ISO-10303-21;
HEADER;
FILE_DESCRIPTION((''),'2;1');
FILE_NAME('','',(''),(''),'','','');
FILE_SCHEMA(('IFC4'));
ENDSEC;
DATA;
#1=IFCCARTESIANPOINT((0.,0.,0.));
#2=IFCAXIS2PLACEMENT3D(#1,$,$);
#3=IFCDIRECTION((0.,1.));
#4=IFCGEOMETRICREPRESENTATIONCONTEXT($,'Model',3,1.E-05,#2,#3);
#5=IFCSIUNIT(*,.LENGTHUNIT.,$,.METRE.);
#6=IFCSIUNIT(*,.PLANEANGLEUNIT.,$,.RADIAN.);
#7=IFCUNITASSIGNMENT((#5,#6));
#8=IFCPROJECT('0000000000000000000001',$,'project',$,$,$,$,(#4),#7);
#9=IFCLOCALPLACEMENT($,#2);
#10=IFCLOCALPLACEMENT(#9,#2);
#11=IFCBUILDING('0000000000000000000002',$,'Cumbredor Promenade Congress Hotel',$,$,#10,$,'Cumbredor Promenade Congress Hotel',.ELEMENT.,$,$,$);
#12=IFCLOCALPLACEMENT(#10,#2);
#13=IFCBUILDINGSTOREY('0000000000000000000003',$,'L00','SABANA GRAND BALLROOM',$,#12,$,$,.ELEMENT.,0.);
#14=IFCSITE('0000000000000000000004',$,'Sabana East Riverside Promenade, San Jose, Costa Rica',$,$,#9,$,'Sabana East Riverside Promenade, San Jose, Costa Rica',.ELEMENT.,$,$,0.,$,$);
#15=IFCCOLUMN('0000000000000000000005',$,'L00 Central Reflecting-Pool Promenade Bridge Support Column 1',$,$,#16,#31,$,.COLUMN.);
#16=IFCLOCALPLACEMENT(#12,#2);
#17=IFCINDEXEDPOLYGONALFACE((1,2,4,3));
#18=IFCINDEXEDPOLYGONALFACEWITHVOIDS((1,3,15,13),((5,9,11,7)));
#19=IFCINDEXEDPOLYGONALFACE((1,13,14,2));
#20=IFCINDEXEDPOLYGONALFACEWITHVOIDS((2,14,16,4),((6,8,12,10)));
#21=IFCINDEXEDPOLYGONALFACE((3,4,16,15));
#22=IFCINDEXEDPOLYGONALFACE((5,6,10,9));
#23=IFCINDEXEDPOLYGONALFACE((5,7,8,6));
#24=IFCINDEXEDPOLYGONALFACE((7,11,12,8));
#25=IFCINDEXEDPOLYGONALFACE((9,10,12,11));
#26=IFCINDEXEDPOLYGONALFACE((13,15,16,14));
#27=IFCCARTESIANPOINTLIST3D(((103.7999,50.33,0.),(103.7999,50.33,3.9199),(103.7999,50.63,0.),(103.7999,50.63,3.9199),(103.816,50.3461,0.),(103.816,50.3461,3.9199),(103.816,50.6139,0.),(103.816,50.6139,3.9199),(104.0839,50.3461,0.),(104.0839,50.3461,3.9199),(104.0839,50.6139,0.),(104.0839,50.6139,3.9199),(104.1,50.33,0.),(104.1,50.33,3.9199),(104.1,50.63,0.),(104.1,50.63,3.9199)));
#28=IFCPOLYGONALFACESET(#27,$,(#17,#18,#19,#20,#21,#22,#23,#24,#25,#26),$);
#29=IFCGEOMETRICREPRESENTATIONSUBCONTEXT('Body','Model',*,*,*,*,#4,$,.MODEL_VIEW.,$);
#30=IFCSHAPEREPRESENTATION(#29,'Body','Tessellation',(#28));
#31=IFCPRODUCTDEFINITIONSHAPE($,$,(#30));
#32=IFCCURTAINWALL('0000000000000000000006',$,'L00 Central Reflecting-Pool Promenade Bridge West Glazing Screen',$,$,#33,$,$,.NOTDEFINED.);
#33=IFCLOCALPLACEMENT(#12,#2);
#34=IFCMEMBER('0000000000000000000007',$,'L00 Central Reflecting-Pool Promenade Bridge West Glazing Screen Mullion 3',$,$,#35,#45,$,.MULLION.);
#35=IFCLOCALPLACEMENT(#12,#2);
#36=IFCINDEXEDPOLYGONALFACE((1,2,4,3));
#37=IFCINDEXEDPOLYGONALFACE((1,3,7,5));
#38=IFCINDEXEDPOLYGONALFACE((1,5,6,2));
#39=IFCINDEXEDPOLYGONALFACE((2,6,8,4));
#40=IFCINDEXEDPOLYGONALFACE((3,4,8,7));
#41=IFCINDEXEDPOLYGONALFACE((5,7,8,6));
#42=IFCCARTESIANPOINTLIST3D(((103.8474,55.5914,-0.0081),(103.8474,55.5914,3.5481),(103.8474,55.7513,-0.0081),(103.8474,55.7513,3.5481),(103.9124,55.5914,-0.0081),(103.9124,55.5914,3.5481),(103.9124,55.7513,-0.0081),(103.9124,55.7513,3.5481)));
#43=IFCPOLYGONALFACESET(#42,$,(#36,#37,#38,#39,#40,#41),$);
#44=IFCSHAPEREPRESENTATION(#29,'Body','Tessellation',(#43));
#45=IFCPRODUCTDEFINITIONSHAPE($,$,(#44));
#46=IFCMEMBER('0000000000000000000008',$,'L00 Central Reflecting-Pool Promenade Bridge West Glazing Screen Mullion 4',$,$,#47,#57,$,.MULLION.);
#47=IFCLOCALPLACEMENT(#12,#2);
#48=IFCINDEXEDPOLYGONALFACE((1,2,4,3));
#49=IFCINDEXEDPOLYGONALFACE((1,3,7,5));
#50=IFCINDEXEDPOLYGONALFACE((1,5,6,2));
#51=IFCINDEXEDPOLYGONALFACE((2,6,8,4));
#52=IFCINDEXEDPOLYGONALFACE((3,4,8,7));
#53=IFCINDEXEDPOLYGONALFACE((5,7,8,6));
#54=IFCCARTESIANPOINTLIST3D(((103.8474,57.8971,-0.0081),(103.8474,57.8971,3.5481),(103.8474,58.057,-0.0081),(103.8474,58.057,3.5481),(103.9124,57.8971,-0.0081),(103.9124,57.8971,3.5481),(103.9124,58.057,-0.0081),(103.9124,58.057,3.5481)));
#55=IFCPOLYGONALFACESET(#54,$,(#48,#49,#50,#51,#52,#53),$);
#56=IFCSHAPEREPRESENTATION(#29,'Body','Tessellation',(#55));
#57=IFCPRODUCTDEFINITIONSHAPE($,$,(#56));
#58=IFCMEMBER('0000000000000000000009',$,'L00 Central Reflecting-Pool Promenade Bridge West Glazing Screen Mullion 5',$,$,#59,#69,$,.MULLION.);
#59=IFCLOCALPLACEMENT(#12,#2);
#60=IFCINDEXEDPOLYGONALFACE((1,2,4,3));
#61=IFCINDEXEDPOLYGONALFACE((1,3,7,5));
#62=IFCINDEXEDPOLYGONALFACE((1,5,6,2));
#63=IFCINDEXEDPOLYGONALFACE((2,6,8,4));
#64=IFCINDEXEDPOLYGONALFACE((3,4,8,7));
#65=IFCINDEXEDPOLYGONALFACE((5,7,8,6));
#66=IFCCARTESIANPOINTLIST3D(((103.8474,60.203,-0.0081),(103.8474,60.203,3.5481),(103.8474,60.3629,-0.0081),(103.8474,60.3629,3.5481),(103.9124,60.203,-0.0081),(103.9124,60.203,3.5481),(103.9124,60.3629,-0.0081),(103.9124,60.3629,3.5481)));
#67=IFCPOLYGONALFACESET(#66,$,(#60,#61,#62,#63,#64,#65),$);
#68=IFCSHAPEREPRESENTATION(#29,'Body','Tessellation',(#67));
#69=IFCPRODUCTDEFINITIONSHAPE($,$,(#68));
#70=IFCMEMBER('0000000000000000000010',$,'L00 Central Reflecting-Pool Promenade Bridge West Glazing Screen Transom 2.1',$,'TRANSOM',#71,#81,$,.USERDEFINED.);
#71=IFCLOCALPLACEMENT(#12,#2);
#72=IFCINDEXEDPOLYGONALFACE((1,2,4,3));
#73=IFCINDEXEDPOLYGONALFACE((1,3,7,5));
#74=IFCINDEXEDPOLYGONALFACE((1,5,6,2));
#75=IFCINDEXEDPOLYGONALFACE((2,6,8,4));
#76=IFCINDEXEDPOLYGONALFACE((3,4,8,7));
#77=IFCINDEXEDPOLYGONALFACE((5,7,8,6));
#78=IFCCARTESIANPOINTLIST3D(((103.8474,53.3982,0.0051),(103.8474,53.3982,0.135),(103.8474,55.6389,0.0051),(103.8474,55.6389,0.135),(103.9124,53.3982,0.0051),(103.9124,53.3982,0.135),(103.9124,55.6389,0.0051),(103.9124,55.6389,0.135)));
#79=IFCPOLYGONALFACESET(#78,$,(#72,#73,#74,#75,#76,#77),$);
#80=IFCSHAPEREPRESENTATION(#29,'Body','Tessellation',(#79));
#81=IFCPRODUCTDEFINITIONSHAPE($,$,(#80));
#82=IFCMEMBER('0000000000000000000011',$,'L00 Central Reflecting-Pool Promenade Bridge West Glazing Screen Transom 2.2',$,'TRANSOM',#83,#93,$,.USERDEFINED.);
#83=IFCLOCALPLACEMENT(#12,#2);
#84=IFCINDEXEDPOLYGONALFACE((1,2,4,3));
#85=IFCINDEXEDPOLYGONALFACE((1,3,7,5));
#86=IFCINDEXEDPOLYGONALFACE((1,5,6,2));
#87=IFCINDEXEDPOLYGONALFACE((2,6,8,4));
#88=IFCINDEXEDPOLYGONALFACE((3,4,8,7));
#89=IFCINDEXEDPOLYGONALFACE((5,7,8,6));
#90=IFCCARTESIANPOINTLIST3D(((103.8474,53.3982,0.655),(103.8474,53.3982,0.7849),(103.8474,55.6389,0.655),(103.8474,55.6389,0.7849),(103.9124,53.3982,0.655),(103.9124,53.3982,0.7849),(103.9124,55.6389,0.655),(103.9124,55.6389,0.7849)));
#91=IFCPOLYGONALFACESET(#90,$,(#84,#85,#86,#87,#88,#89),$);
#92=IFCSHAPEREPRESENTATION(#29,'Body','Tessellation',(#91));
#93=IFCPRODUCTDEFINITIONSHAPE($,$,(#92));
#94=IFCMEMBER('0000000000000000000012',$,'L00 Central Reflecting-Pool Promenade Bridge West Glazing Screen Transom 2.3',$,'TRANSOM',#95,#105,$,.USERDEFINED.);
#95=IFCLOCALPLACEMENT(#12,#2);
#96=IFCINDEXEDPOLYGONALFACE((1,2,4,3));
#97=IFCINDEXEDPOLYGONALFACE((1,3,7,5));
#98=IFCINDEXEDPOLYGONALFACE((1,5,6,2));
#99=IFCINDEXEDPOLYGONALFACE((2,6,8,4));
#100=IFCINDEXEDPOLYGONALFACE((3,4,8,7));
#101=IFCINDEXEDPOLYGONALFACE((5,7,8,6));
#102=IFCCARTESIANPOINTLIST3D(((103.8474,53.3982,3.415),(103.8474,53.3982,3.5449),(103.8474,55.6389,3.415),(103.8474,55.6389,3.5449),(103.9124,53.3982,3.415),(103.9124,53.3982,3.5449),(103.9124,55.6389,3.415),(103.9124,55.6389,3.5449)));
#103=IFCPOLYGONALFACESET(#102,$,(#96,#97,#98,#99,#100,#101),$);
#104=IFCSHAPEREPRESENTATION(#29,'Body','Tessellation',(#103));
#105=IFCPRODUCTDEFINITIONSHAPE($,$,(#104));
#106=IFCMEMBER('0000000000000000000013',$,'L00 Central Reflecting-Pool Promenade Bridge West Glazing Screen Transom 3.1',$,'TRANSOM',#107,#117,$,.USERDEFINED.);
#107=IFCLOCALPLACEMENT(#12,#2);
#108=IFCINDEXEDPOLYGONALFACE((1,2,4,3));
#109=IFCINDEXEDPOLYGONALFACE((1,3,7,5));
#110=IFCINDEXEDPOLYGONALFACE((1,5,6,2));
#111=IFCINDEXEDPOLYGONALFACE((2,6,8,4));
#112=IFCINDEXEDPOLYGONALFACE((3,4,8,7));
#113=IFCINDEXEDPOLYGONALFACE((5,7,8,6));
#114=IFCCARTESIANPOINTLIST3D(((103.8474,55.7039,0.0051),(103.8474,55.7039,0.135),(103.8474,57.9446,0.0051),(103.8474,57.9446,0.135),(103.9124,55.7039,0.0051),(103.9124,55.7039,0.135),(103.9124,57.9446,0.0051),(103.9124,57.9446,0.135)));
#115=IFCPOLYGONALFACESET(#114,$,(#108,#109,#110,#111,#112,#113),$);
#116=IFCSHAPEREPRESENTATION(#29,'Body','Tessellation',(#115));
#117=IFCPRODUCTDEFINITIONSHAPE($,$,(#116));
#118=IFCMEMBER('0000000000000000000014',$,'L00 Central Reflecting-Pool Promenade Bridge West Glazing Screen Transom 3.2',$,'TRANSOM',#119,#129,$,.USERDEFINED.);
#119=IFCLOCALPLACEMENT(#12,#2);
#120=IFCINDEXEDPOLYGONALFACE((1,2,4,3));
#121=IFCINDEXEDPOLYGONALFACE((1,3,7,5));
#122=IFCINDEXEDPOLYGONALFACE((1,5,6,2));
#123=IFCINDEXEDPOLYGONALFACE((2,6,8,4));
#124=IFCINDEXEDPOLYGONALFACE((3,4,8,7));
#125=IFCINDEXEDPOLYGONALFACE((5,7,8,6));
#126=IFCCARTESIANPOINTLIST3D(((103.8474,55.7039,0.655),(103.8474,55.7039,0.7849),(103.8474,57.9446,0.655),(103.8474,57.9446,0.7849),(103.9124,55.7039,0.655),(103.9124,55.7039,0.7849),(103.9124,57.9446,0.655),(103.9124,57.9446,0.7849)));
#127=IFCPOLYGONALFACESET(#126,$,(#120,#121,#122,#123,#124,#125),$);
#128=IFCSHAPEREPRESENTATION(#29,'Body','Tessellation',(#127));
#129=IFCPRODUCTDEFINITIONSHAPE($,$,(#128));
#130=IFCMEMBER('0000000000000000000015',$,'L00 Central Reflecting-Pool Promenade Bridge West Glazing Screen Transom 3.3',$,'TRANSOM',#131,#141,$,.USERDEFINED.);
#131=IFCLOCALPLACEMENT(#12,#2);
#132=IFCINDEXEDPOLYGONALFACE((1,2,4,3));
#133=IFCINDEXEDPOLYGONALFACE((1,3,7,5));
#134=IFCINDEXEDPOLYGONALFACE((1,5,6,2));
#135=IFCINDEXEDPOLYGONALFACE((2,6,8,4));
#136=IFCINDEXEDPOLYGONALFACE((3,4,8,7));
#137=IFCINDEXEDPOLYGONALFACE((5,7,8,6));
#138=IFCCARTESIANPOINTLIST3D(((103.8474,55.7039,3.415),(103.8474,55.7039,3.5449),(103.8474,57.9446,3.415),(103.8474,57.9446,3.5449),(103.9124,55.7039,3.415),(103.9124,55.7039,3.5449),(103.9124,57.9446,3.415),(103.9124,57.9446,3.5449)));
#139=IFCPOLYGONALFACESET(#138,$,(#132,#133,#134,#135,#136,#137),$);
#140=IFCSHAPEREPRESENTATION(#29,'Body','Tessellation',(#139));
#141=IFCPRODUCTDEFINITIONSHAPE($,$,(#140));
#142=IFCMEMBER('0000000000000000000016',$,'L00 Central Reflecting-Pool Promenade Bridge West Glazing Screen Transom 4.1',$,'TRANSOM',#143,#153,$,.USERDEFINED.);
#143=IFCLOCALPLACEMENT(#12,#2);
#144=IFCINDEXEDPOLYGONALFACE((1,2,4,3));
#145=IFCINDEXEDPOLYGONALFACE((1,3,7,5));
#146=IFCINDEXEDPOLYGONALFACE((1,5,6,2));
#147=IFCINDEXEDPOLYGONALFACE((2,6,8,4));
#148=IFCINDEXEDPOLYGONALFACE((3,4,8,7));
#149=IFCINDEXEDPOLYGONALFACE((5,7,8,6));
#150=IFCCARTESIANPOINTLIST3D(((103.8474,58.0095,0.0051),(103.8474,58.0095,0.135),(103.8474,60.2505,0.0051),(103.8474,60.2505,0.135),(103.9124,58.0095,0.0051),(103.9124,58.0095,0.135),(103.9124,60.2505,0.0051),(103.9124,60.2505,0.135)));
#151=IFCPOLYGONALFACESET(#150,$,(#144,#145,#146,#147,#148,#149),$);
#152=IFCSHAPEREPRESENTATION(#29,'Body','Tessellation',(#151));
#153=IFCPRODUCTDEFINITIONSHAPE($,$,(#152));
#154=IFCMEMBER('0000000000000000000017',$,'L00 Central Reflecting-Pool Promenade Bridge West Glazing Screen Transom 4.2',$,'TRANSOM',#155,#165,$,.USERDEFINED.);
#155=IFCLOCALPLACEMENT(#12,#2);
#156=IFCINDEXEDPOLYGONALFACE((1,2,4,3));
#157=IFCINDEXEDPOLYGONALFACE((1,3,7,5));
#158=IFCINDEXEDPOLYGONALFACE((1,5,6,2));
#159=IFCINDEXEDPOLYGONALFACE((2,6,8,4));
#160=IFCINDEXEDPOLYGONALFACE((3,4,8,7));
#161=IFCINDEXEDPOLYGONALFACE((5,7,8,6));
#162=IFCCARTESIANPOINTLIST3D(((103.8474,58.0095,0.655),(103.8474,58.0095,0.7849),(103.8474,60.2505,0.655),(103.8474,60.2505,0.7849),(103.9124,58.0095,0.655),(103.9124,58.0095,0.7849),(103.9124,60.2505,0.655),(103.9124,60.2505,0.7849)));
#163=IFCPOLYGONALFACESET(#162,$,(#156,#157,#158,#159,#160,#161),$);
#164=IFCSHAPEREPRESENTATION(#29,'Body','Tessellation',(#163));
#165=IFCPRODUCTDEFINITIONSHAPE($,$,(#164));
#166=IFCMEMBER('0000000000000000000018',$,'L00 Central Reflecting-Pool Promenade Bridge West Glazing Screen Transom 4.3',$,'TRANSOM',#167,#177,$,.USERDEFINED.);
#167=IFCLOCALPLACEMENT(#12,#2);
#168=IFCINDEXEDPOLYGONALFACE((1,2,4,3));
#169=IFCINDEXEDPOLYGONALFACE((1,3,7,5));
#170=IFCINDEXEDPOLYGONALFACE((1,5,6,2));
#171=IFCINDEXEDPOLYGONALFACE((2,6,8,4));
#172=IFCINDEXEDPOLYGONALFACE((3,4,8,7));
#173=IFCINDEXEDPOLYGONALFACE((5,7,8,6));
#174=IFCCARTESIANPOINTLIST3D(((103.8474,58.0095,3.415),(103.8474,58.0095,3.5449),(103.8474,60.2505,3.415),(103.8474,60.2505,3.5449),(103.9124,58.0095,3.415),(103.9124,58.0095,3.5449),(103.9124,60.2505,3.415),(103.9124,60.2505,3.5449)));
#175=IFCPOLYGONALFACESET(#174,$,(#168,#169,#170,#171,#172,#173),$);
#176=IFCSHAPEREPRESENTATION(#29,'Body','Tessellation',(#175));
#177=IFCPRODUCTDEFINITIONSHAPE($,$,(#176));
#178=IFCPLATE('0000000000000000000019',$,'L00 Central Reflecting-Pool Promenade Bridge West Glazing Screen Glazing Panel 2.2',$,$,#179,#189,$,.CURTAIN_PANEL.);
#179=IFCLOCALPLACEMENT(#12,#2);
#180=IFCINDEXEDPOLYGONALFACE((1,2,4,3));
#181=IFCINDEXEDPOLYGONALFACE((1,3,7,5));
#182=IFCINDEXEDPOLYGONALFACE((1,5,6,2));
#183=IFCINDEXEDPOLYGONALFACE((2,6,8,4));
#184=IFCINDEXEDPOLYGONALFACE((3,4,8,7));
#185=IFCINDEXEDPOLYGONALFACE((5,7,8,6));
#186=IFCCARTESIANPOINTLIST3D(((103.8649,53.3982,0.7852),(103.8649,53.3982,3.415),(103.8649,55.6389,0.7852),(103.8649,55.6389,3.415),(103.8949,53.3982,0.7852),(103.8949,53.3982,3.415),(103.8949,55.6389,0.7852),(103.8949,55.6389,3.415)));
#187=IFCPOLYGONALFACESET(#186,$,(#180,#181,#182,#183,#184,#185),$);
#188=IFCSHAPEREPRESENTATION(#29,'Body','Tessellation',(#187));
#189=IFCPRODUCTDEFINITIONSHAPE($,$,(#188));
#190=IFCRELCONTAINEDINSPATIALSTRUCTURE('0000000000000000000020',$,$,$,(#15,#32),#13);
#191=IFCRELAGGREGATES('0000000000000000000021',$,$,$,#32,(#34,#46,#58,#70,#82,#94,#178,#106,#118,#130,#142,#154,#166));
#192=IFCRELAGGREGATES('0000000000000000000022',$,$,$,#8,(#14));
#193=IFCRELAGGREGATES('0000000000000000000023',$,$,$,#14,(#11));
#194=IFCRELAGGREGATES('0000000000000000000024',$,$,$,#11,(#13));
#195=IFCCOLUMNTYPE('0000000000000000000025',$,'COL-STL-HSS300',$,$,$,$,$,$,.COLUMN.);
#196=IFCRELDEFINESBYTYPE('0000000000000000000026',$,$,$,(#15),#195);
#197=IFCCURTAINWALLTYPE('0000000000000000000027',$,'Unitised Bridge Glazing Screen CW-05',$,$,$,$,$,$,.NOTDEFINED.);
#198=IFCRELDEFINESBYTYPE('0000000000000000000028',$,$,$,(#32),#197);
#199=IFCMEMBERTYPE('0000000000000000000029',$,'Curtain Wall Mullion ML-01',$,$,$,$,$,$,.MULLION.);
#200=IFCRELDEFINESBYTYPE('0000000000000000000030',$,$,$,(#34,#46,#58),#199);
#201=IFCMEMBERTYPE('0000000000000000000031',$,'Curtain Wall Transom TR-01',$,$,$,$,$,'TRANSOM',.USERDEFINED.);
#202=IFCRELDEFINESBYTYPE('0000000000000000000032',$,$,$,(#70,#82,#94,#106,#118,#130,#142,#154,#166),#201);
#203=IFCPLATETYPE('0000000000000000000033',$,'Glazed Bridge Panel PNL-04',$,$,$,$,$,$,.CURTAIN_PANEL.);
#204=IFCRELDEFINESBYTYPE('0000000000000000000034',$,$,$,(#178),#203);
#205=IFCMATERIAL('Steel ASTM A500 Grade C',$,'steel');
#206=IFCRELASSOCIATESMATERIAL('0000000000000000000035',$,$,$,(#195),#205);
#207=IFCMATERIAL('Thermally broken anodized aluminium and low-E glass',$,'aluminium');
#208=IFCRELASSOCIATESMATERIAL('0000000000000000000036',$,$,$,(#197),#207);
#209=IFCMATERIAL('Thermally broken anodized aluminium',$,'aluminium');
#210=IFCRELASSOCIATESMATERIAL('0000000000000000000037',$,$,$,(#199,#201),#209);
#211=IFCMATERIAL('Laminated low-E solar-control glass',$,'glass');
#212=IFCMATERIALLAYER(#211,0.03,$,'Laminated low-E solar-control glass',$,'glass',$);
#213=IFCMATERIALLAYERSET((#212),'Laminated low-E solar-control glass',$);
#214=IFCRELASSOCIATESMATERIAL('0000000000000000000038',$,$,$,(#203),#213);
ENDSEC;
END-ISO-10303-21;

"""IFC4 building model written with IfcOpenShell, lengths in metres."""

from ifc_helpers import new_model, si_unit, direction, frame, origin, origin_2d, place, context, subcontext, project, spatial, rectangle, hollow_rectangle, extrude, material, layer, layer_set, material_profile, profile_set, type_object, element, aggregate, save


model = new_model("IFC4")

# Units and contexts
model_context = context("Model", 3, precision=1e-05, world=origin(), true_north=direction((0.0, 1.0)))
body_context = subcontext(model_context, "Body", "Model", "MODEL_VIEW")
ifc_project = project(units=[si_unit("LENGTHUNIT", "METRE"), si_unit("PLANEANGLEUNIT", "RADIAN")], contexts=[model_context])

# Site, building, storey
site_placement = place(None, origin())
site = spatial("IfcSite", under=ifc_project, at=site_placement, Name="Sabana East Riverside Promenade, San Jose, Costa Rica", LongName="Sabana East Riverside Promenade, San Jose, Costa Rica", CompositionType="ELEMENT", RefElevation=0.0)
building_placement = place(site_placement, origin())
building = spatial("IfcBuilding", under=site, at=building_placement, Name="Cumbredor Promenade Congress Hotel", LongName="Cumbredor Promenade Congress Hotel", CompositionType="ELEMENT")
storey_placement = place(building_placement, origin())
storey = spatial("IfcBuildingStorey", under=building, at=storey_placement, Name="L00", Description="SABANA GRAND BALLROOM", CompositionType="ELEMENT", Elevation=0.0)

# Column
ifc_material_1 = material(Name="Steel ASTM A500 Grade C", Category="steel")
ifc_material_profile_1 = material_profile(ifc_material_1, hollow_rectangle(XDim=0.3, YDim=0.3, WallThickness=0.0161, at=origin_2d()), Name="HSS 300x300x16")
ifc_profile_set_1 = profile_set([ifc_material_profile_1], Name="Steel ASTM A500 Grade C")
column_type = type_object("IfcColumnType", Name="COL-STL-HSS300", PredefinedType="COLUMN", material=ifc_profile_set_1)
column_placement = place(storey_placement, frame((103.95, 50.48, 0.0), z_axis=(0.0, 0.0, 1.0), x_axis=(1.0, 0.0, 0.0)))
element("IfcColumn", 1, at=column_placement, inside=storey, type_object=column_type, Name="L00 Central Reflecting-Pool Promenade Bridge Support Column 1", PredefinedType="COLUMN", context=body_context, shape_type="SweptSolid", body=[
    extrude(hollow_rectangle(XDim=0.3, YDim=0.3, WallThickness=0.0161, at=origin_2d()), origin(), (0.0, 0.0, 1.0), 3.9199),
])

# Curtain wall, members, plate
ifc_material_2 = material(Name="Thermally broken anodized aluminium and low-E glass", Category="aluminium")
curtain_wall_type = type_object("IfcCurtainWallType", Name="Unitised Bridge Glazing Screen CW-05", PredefinedType="NOTDEFINED", material=ifc_material_2)
curtain_wall_placement = place(storey_placement, origin())
curtain_wall = element("IfcCurtainWall", 2, at=curtain_wall_placement, inside=storey, type_object=curtain_wall_type, Name="L00 Central Reflecting-Pool Promenade Bridge West Glazing Screen", PredefinedType="NOTDEFINED")
ifc_material_3 = material(Name="Thermally broken anodized aluminium", Category="aluminium")
ifc_material_profile_2 = material_profile(ifc_material_3, rectangle(XDim=0.0649, YDim=0.1599, at=origin_2d()), Name="ALU MULLION 65x160")
ifc_profile_set_2 = profile_set([ifc_material_profile_2], Name="Thermally broken anodized aluminium")
member_type_1 = type_object("IfcMemberType", Name="Curtain Wall Mullion ML-01", PredefinedType="MULLION", material=ifc_profile_set_2)
member_1_placement = place(storey_placement, frame((103.8799, 55.6714, -0.0081), z_axis=(0.0, 0.0, 1.0), x_axis=(1.0, 0.0, 0.0)))
member_1 = element("IfcMember", 3, at=member_1_placement, type_object=member_type_1, Name="L00 Central Reflecting-Pool Promenade Bridge West Glazing Screen Mullion 3", PredefinedType="MULLION", context=body_context, shape_type="SweptSolid", body=[
    extrude(rectangle(XDim=0.0649, YDim=0.1599, at=origin_2d()), origin(), (0.0, 0.0, 1.0), 3.5562),
])
member_2_placement = place(storey_placement, frame((103.8799, 57.9771, -0.0081), z_axis=(0.0, 0.0, 1.0), x_axis=(1.0, 0.0, 0.0)))
member_2 = element("IfcMember", 4, at=member_2_placement, type_object=member_type_1, Name="L00 Central Reflecting-Pool Promenade Bridge West Glazing Screen Mullion 4", PredefinedType="MULLION", context=body_context, shape_type="SweptSolid", body=[
    extrude(rectangle(XDim=0.0649, YDim=0.1599, at=origin_2d()), origin(), (0.0, 0.0, 1.0), 3.5562),
])
member_3_placement = place(storey_placement, frame((103.8799, 60.283, -0.0081), z_axis=(0.0, 0.0, 1.0), x_axis=(1.0, 0.0, 0.0)))
member_3 = element("IfcMember", 5, at=member_3_placement, type_object=member_type_1, Name="L00 Central Reflecting-Pool Promenade Bridge West Glazing Screen Mullion 5", PredefinedType="MULLION", context=body_context, shape_type="SweptSolid", body=[
    extrude(rectangle(XDim=0.0649, YDim=0.1599, at=origin_2d()), origin(), (0.0, 0.0, 1.0), 3.5562),
])
ifc_material_profile_3 = material_profile(ifc_material_3, rectangle(XDim=0.0649, YDim=0.1299, at=origin_2d()), Name="ALU TRANSOM 65x130")
ifc_profile_set_3 = profile_set([ifc_material_profile_3], Name="Thermally broken anodized aluminium")
member_type_2 = type_object("IfcMemberType", Name="Curtain Wall Transom TR-01", ElementType="TRANSOM", PredefinedType="USERDEFINED", material=ifc_profile_set_3)
member_4_placement = place(storey_placement, frame((103.8799, 53.3982, 0.0701), z_axis=(0.0, 1.0, 0.0), x_axis=(-1.0, 0.0, 0.0)))
member_4 = element("IfcMember", 6, at=member_4_placement, type_object=member_type_2, Name="L00 Central Reflecting-Pool Promenade Bridge West Glazing Screen Transom 2.1", ObjectType="TRANSOM", PredefinedType="USERDEFINED", context=body_context, shape_type="SweptSolid", body=[
    extrude(rectangle(XDim=0.0649, YDim=0.1299, at=origin_2d()), origin(), (0.0, 0.0, 1.0), 2.2407),
])
member_5_placement = place(storey_placement, frame((103.8799, 53.3982, 0.72), z_axis=(0.0, 1.0, 0.0), x_axis=(-1.0, 0.0, 0.0)))
member_5 = element("IfcMember", 7, at=member_5_placement, type_object=member_type_2, Name="L00 Central Reflecting-Pool Promenade Bridge West Glazing Screen Transom 2.2", ObjectType="TRANSOM", PredefinedType="USERDEFINED", context=body_context, shape_type="SweptSolid", body=[
    extrude(rectangle(XDim=0.0649, YDim=0.1299, at=origin_2d()), origin(), (0.0, 0.0, 1.0), 2.2407),
])
member_6_placement = place(storey_placement, frame((103.8799, 53.3982, 3.48), z_axis=(0.0, 1.0, 0.0), x_axis=(-1.0, 0.0, 0.0)))
member_6 = element("IfcMember", 8, at=member_6_placement, type_object=member_type_2, Name="L00 Central Reflecting-Pool Promenade Bridge West Glazing Screen Transom 2.3", ObjectType="TRANSOM", PredefinedType="USERDEFINED", context=body_context, shape_type="SweptSolid", body=[
    extrude(rectangle(XDim=0.0649, YDim=0.1299, at=origin_2d()), origin(), (0.0, 0.0, 1.0), 2.2407),
])
member_7_placement = place(storey_placement, frame((103.8799, 55.7039, 0.0701), z_axis=(0.0, 1.0, 0.0), x_axis=(-1.0, 0.0, 0.0)))
member_7 = element("IfcMember", 9, at=member_7_placement, type_object=member_type_2, Name="L00 Central Reflecting-Pool Promenade Bridge West Glazing Screen Transom 3.1", ObjectType="TRANSOM", PredefinedType="USERDEFINED", context=body_context, shape_type="SweptSolid", body=[
    extrude(rectangle(XDim=0.0649, YDim=0.1299, at=origin_2d()), origin(), (0.0, 0.0, 1.0), 2.2407),
])
member_8_placement = place(storey_placement, frame((103.8799, 55.7039, 0.72), z_axis=(0.0, 1.0, 0.0), x_axis=(-1.0, 0.0, 0.0)))
member_8 = element("IfcMember", 10, at=member_8_placement, type_object=member_type_2, Name="L00 Central Reflecting-Pool Promenade Bridge West Glazing Screen Transom 3.2", ObjectType="TRANSOM", PredefinedType="USERDEFINED", context=body_context, shape_type="SweptSolid", body=[
    extrude(rectangle(XDim=0.0649, YDim=0.1299, at=origin_2d()), origin(), (0.0, 0.0, 1.0), 2.2407),
])
member_9_placement = place(storey_placement, frame((103.8799, 55.7039, 3.48), z_axis=(0.0, 1.0, 0.0), x_axis=(-1.0, 0.0, 0.0)))
member_9 = element("IfcMember", 11, at=member_9_placement, type_object=member_type_2, Name="L00 Central Reflecting-Pool Promenade Bridge West Glazing Screen Transom 3.3", ObjectType="TRANSOM", PredefinedType="USERDEFINED", context=body_context, shape_type="SweptSolid", body=[
    extrude(rectangle(XDim=0.0649, YDim=0.1299, at=origin_2d()), origin(), (0.0, 0.0, 1.0), 2.2407),
])
member_10_placement = place(storey_placement, frame((103.8799, 58.0095, 0.0701), z_axis=(0.0, 1.0, 0.0), x_axis=(-1.0, 0.0, 0.0)))
member_10 = element("IfcMember", 12, at=member_10_placement, type_object=member_type_2, Name="L00 Central Reflecting-Pool Promenade Bridge West Glazing Screen Transom 4.1", ObjectType="TRANSOM", PredefinedType="USERDEFINED", context=body_context, shape_type="SweptSolid", body=[
    extrude(rectangle(XDim=0.0649, YDim=0.1299, at=origin_2d()), origin(), (0.0, 0.0, 1.0), 2.241),
])
member_11_placement = place(storey_placement, frame((103.8799, 58.0095, 0.72), z_axis=(0.0, 1.0, 0.0), x_axis=(-1.0, 0.0, 0.0)))
member_11 = element("IfcMember", 13, at=member_11_placement, type_object=member_type_2, Name="L00 Central Reflecting-Pool Promenade Bridge West Glazing Screen Transom 4.2", ObjectType="TRANSOM", PredefinedType="USERDEFINED", context=body_context, shape_type="SweptSolid", body=[
    extrude(rectangle(XDim=0.0649, YDim=0.1299, at=origin_2d()), origin(), (0.0, 0.0, 1.0), 2.241),
])
member_12_placement = place(storey_placement, frame((103.8799, 58.0095, 3.48), z_axis=(0.0, 1.0, 0.0), x_axis=(-1.0, 0.0, 0.0)))
member_12 = element("IfcMember", 14, at=member_12_placement, type_object=member_type_2, Name="L00 Central Reflecting-Pool Promenade Bridge West Glazing Screen Transom 4.3", ObjectType="TRANSOM", PredefinedType="USERDEFINED", context=body_context, shape_type="SweptSolid", body=[
    extrude(rectangle(XDim=0.0649, YDim=0.1299, at=origin_2d()), origin(), (0.0, 0.0, 1.0), 2.241),
])
ifc_material_4 = material(Name="Laminated low-E solar-control glass", Category="glass")
ifc_layer_1 = layer(ifc_material_4, 0.03, Name="Laminated low-E solar-control glass", Category="glass")
ifc_layer_set_1 = layer_set([ifc_layer_1], Name="Laminated low-E solar-control glass")
plate_type_1 = type_object("IfcPlateType", Name="Glazed Bridge Panel PNL-04", PredefinedType="CURTAIN_PANEL", material=ifc_layer_set_1)
plate_1_placement = place(storey_placement, frame((103.8799, 54.5186, 0.7852), z_axis=(0.0, 0.0, 1.0), x_axis=(0.0, 1.0, 0.0)))
plate_1 = element("IfcPlate", 15, at=plate_1_placement, type_object=plate_type_1, Name="L00 Central Reflecting-Pool Promenade Bridge West Glazing Screen Glazing Panel 2.2", PredefinedType="CURTAIN_PANEL", context=body_context, shape_type="SweptSolid", body=[
    extrude(rectangle(XDim=2.2407, YDim=0.03, at=origin_2d()), origin(), (0.0, 0.0, 1.0), 2.6299),
])

aggregate(curtain_wall, [member_1, member_2, member_3, member_4, member_5, member_6, plate_1, member_7, member_8, member_9, member_10, member_11, member_12])

save(model, "model.ifc")
